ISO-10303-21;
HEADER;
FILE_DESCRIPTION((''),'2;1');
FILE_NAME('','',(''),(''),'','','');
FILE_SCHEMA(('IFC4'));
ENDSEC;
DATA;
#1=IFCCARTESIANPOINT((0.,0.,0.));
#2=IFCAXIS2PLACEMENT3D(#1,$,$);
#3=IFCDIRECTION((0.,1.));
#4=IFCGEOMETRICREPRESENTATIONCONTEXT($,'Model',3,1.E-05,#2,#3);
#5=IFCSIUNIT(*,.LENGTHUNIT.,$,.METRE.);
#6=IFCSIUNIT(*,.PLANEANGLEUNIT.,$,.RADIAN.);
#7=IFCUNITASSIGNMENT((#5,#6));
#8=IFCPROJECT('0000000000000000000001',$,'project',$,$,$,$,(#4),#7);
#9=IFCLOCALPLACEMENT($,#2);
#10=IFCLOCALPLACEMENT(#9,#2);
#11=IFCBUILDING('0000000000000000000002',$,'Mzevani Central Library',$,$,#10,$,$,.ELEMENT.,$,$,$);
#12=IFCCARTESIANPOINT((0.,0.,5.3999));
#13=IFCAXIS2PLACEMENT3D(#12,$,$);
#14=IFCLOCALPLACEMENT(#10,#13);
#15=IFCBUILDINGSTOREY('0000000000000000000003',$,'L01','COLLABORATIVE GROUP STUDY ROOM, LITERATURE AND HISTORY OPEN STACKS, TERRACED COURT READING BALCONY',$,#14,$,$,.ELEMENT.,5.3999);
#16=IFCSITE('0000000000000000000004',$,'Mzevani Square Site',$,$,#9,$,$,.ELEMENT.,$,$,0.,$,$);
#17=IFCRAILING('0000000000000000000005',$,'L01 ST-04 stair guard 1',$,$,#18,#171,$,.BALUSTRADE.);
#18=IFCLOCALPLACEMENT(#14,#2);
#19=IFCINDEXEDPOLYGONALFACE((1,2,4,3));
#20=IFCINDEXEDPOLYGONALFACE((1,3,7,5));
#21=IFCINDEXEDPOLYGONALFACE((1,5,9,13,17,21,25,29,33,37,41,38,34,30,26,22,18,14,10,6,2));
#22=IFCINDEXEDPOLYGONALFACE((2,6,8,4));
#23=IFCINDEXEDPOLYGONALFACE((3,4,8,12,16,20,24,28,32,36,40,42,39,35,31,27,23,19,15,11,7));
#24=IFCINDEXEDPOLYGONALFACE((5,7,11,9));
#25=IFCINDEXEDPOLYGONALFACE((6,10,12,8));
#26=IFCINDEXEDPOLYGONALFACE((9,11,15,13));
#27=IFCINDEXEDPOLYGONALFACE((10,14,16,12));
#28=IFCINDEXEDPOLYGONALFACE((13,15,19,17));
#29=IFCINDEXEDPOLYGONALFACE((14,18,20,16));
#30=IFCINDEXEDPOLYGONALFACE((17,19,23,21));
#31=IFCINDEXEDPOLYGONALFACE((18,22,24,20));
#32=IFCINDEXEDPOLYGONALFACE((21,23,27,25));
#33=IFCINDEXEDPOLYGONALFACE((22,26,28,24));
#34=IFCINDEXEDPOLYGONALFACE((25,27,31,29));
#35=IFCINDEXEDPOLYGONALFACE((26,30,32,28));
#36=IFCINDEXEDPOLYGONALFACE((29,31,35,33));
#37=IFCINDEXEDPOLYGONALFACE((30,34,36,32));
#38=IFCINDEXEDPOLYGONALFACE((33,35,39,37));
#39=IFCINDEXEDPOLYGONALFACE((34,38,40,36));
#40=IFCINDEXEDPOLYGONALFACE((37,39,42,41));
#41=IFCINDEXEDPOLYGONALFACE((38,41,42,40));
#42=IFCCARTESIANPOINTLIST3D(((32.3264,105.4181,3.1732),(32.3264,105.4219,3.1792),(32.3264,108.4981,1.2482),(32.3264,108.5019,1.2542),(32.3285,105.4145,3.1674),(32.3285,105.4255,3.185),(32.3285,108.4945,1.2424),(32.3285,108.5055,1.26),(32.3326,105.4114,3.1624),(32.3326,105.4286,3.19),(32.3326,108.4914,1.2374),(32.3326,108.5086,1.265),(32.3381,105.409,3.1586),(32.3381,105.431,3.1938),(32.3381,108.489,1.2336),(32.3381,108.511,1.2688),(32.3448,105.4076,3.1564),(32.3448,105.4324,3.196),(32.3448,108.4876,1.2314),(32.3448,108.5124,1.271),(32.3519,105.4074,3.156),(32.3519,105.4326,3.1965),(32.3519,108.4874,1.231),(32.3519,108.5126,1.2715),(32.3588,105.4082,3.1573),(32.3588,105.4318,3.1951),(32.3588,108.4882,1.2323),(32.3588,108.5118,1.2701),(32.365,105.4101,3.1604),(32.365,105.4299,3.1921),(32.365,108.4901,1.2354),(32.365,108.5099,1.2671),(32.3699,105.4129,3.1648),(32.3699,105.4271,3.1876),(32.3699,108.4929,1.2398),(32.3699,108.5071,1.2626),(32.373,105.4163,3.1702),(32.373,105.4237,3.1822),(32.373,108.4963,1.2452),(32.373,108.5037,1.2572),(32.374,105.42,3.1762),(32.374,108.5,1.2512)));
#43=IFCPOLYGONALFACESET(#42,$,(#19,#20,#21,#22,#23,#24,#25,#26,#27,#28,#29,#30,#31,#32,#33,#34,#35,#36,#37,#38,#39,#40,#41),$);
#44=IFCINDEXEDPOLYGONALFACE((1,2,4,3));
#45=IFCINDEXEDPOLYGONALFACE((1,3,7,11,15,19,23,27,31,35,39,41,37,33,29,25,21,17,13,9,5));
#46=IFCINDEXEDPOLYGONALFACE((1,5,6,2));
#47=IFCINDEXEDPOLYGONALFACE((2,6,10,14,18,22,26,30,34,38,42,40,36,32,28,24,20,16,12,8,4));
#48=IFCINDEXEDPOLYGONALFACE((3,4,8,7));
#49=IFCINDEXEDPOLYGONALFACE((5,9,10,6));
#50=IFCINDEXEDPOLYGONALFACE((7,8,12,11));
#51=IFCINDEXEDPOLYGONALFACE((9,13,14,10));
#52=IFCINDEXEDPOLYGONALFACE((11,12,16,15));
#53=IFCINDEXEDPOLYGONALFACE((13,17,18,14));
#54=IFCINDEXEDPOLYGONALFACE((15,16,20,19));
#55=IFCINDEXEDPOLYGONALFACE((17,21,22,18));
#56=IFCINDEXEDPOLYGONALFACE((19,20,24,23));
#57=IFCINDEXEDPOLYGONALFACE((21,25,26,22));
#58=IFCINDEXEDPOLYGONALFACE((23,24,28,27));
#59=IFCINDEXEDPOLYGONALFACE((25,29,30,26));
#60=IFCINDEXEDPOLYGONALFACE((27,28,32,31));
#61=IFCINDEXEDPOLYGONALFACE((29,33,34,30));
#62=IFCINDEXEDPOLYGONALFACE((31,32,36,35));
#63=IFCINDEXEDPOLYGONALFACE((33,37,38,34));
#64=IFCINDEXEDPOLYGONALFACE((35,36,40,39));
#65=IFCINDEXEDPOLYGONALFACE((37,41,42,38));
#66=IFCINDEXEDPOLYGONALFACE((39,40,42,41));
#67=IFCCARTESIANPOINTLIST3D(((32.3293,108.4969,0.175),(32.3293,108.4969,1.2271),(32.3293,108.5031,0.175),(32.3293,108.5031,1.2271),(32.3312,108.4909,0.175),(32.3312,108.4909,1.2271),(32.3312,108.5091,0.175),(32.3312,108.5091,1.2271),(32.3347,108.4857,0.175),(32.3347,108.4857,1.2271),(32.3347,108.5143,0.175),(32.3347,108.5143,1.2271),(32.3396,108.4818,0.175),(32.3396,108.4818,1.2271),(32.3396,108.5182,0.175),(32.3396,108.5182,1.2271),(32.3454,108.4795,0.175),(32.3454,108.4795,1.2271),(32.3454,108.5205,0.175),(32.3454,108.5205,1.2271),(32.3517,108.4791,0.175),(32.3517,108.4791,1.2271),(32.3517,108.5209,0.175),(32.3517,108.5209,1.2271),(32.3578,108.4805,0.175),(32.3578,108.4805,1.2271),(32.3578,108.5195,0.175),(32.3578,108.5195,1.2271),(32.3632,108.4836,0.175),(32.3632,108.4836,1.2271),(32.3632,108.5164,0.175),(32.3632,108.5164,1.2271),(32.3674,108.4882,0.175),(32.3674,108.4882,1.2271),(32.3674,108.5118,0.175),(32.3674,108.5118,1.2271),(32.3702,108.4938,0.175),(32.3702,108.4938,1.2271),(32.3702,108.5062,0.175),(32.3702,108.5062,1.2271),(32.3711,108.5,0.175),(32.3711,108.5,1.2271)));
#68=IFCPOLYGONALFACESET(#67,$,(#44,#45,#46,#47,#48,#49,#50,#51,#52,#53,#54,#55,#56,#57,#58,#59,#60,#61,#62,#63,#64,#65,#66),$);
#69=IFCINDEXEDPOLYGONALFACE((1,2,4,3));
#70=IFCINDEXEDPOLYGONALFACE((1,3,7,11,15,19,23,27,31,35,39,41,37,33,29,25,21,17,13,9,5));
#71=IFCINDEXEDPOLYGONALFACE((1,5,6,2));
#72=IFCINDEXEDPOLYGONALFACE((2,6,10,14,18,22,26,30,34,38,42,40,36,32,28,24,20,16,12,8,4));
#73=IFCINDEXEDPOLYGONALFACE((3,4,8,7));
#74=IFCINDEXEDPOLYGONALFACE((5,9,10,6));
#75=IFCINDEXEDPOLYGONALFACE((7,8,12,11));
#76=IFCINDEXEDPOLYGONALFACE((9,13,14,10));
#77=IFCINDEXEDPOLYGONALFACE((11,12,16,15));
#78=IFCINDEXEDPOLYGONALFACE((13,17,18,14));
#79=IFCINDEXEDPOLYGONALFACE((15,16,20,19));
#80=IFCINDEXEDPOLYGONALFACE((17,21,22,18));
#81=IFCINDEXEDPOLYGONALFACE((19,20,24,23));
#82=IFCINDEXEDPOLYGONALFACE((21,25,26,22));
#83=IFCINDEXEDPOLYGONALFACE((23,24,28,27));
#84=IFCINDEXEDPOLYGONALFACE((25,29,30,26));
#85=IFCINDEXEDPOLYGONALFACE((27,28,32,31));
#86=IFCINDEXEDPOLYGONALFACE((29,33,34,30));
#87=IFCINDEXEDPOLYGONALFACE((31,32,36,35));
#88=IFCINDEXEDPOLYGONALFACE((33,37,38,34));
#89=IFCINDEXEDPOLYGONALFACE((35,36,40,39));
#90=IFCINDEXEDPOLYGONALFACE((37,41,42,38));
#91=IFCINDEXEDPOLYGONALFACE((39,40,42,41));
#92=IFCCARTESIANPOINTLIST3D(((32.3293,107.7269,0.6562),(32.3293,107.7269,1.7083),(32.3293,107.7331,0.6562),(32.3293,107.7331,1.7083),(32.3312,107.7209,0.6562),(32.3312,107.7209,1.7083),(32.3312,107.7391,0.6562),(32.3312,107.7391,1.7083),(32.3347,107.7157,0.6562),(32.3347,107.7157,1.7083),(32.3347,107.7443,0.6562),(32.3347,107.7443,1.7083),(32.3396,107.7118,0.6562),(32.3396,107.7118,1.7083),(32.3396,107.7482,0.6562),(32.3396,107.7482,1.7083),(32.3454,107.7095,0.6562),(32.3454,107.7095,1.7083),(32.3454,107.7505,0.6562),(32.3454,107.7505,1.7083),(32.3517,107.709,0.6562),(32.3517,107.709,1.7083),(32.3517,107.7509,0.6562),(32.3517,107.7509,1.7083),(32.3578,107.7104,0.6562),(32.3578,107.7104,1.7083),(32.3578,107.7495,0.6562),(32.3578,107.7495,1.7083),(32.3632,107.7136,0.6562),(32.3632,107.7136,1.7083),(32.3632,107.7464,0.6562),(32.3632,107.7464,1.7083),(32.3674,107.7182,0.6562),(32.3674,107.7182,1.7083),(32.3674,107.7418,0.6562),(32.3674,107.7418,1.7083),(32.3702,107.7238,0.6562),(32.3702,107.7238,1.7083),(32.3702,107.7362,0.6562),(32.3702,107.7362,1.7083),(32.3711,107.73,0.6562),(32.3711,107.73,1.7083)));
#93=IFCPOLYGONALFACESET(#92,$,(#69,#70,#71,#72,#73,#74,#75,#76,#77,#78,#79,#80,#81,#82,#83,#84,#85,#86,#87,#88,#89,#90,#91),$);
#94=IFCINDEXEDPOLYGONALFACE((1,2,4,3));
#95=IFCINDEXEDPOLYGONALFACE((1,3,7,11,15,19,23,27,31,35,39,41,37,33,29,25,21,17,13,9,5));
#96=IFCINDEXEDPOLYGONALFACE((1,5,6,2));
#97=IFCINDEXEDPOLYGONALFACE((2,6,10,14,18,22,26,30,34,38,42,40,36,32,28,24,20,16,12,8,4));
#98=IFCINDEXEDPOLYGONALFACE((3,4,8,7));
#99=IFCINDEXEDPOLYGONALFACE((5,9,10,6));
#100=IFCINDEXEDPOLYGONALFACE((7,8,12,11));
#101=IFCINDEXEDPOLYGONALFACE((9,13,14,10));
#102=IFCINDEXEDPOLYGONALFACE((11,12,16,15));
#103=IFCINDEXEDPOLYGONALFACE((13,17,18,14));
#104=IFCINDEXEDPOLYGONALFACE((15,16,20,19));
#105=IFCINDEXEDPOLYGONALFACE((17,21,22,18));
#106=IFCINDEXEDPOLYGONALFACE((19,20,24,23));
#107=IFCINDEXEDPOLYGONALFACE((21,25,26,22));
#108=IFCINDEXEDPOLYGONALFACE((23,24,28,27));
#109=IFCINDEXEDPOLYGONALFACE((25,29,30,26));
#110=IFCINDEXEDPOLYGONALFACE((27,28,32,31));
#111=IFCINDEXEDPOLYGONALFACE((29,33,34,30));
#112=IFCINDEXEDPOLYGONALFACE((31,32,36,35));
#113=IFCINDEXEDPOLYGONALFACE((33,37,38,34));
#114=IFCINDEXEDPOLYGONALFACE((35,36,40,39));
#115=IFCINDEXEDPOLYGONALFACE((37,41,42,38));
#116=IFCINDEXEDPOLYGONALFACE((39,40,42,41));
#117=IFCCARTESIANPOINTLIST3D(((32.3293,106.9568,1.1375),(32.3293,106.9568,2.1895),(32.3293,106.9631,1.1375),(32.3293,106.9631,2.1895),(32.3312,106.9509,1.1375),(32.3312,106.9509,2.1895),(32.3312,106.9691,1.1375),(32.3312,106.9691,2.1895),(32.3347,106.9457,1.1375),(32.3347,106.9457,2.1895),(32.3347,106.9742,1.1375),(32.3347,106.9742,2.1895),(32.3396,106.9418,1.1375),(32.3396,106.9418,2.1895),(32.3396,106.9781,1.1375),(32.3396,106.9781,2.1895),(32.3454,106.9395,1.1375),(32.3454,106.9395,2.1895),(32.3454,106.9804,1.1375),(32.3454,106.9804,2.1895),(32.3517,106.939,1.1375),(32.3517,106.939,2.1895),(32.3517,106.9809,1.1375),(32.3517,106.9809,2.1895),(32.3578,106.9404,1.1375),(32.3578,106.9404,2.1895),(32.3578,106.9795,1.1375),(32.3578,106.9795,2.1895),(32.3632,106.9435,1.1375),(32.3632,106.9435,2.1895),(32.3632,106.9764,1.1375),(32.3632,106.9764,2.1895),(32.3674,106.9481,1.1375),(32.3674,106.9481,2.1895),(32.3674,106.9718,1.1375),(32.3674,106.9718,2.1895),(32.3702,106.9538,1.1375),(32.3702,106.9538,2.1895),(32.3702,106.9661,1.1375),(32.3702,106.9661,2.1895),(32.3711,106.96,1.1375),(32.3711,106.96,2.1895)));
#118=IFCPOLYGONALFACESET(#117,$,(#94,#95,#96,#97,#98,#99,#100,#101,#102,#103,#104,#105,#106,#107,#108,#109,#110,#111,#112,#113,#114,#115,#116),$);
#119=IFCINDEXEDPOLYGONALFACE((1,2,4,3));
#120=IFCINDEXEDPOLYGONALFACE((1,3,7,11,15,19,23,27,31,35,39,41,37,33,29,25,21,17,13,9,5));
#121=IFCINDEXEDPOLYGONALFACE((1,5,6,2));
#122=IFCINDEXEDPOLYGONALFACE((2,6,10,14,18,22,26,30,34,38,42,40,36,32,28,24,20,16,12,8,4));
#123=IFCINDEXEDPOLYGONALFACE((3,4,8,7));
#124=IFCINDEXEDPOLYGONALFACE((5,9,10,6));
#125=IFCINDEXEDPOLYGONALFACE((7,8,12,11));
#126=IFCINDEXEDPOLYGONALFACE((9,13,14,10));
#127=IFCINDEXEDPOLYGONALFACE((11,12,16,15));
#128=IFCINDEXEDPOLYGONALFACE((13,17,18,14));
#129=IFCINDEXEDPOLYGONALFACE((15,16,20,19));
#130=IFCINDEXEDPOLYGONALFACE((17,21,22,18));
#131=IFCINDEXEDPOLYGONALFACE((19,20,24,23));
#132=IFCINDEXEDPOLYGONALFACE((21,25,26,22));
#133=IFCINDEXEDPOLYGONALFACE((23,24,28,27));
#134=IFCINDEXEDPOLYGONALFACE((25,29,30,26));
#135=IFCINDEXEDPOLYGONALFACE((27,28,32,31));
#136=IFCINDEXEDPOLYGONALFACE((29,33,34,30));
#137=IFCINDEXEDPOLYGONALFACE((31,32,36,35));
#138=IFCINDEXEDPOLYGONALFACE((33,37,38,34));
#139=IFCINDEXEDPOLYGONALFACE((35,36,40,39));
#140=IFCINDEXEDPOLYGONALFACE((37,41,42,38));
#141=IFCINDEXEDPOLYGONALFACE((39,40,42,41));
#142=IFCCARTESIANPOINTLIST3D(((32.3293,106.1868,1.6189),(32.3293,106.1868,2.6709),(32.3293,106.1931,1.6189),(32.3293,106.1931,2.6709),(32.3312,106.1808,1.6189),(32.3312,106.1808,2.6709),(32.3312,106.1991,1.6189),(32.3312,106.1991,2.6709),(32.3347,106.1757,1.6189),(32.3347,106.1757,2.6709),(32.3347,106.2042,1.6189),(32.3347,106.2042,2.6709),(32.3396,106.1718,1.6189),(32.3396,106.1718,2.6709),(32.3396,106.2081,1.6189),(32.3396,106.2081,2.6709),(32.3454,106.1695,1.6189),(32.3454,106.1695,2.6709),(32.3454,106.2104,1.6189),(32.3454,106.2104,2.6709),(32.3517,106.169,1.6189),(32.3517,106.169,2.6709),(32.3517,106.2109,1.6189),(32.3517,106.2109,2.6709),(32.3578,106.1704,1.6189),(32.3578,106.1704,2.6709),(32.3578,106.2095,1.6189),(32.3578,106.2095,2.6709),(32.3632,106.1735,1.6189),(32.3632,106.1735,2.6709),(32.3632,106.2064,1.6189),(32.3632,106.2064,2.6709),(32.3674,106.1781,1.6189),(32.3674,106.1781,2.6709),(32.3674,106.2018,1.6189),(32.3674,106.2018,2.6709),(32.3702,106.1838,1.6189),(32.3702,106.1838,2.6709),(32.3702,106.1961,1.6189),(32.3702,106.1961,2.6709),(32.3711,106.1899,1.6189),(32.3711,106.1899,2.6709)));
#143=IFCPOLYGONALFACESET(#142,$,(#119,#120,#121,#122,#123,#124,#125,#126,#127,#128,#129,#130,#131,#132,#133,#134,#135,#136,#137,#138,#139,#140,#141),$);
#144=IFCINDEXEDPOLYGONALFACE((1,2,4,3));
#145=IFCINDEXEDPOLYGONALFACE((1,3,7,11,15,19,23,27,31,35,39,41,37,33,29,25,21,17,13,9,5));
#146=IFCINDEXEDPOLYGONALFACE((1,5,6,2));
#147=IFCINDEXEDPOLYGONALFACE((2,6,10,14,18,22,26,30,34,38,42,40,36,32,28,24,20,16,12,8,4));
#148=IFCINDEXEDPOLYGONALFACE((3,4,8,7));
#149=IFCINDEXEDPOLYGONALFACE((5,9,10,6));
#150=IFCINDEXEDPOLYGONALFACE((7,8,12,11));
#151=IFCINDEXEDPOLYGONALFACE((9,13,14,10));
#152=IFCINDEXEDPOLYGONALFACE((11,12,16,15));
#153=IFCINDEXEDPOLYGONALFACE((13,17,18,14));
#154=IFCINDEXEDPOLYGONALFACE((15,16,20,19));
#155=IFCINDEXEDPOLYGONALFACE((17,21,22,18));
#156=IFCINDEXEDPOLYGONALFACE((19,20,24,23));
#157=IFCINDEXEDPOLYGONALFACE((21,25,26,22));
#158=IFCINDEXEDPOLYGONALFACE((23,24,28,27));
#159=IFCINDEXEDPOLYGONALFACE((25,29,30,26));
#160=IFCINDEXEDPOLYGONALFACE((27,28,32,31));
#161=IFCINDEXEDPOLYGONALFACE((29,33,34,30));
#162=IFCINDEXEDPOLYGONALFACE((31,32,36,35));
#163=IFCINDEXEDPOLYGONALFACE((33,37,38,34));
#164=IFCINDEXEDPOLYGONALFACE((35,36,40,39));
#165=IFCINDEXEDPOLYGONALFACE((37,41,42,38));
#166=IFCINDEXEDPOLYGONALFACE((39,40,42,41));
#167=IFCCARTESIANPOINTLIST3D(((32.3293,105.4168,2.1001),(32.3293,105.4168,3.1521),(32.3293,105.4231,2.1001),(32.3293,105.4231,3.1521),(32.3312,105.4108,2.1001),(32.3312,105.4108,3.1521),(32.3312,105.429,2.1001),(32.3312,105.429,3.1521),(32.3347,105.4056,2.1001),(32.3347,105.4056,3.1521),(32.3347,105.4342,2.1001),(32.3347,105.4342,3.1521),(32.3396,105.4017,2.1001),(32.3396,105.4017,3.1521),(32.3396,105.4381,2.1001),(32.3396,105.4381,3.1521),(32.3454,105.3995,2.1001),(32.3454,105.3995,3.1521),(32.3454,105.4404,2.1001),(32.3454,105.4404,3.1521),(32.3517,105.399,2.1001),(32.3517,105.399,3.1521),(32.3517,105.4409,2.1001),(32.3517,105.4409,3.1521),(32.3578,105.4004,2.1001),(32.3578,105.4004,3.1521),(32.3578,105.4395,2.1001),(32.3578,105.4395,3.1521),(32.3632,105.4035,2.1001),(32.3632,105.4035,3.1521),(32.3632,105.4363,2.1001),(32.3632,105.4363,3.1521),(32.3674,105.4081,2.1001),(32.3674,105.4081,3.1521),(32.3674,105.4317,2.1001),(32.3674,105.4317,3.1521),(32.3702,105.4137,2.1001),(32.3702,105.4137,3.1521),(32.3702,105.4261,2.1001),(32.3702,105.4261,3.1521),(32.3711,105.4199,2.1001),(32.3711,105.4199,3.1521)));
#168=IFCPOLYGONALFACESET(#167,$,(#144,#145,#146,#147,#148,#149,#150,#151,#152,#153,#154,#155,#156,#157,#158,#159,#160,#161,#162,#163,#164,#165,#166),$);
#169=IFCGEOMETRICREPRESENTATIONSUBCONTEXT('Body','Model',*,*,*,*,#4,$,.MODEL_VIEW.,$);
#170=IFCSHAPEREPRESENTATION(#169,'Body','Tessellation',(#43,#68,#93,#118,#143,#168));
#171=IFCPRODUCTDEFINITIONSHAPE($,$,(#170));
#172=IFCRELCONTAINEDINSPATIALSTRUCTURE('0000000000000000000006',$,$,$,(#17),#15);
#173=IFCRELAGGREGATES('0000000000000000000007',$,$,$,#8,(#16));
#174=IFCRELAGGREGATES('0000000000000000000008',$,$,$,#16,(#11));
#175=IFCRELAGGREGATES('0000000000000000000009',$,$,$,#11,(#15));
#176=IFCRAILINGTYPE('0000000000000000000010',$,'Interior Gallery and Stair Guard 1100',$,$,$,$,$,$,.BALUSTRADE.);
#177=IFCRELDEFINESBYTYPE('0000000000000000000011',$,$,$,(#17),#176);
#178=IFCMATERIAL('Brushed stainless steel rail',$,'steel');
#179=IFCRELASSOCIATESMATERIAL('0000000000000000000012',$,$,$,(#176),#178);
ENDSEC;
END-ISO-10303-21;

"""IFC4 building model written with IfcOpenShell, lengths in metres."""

from ifc_helpers import new_model, si_unit, direction, frame, origin, origin_2d, place, context, subcontext, project, spatial, circle, extrude, material, type_object, element, save


model = new_model("IFC4")

# Units and contexts
model_context = context("Model", 3, precision=1e-05, world=origin(), true_north=direction((0.0, 1.0)))
body_context = subcontext(model_context, "Body", "Model", "MODEL_VIEW")
ifc_project = project(units=[si_unit("LENGTHUNIT", "METRE"), si_unit("PLANEANGLEUNIT", "RADIAN")], contexts=[model_context])

# Site, building, storey
site_placement = place(None, origin())
site = spatial("IfcSite", under=ifc_project, at=site_placement, Name="Mzevani Square Site", CompositionType="ELEMENT", RefElevation=0.0)
building_placement = place(site_placement, origin())
building = spatial("IfcBuilding", under=site, at=building_placement, Name="Mzevani Central Library", CompositionType="ELEMENT")
storey_placement = place(building_placement, frame((0.0, 0.0, 5.3999)))
storey = spatial("IfcBuildingStorey", under=building, at=storey_placement, Name="L01", Description="COLLABORATIVE GROUP STUDY ROOM, LITERATURE AND HISTORY OPEN STACKS, TERRACED COURT READING BALCONY", CompositionType="ELEMENT", Elevation=5.3999)

# Railing
ifc_material_1 = material(Name="Brushed stainless steel rail", Category="steel")
railing_type_1 = type_object("IfcRailingType", Name="Interior Gallery and Stair Guard 1100", PredefinedType="BALUSTRADE", material=ifc_material_1)
railing_1_placement = place(storey_placement, frame((32.3501, 108.5, 0.175)))
element("IfcRailing", 1, at=railing_1_placement, inside=storey, type_object=railing_type_1, Name="L01 ST-04 stair guard 1", PredefinedType="BALUSTRADE", context=body_context, shape_type="SweptSolid", body=[
    extrude(circle(Radius=0.0239, at=origin_2d()), frame((0.0, 0.0, 1.0762), z_axis=(0.0, -0.847998, 0.529999), x_axis=(1.0, 0.0, 0.0)), (0.0, 0.0, 1.0), 3.6321),
    extrude(circle(Radius=0.021, at=origin_2d()), origin(), (0.0, 0.0, 1.0), 1.052),
    extrude(circle(Radius=0.021, at=origin_2d()), frame((0.0, -0.77, 0.4812)), (0.0, 0.0, 1.0), 1.052),
    extrude(circle(Radius=0.021, at=origin_2d()), frame((0.0, -1.54, 0.9624)), (0.0, 0.0, 1.0), 1.052),
    extrude(circle(Radius=0.021, at=origin_2d()), frame((0.0, -2.3101, 1.4438)), (0.0, 0.0, 1.0), 1.052),
    extrude(circle(Radius=0.021, at=origin_2d()), frame((0.0, -3.0801, 1.925)), (0.0, 0.0, 1.0), 1.052),
])

save(model, "model.ifc")
